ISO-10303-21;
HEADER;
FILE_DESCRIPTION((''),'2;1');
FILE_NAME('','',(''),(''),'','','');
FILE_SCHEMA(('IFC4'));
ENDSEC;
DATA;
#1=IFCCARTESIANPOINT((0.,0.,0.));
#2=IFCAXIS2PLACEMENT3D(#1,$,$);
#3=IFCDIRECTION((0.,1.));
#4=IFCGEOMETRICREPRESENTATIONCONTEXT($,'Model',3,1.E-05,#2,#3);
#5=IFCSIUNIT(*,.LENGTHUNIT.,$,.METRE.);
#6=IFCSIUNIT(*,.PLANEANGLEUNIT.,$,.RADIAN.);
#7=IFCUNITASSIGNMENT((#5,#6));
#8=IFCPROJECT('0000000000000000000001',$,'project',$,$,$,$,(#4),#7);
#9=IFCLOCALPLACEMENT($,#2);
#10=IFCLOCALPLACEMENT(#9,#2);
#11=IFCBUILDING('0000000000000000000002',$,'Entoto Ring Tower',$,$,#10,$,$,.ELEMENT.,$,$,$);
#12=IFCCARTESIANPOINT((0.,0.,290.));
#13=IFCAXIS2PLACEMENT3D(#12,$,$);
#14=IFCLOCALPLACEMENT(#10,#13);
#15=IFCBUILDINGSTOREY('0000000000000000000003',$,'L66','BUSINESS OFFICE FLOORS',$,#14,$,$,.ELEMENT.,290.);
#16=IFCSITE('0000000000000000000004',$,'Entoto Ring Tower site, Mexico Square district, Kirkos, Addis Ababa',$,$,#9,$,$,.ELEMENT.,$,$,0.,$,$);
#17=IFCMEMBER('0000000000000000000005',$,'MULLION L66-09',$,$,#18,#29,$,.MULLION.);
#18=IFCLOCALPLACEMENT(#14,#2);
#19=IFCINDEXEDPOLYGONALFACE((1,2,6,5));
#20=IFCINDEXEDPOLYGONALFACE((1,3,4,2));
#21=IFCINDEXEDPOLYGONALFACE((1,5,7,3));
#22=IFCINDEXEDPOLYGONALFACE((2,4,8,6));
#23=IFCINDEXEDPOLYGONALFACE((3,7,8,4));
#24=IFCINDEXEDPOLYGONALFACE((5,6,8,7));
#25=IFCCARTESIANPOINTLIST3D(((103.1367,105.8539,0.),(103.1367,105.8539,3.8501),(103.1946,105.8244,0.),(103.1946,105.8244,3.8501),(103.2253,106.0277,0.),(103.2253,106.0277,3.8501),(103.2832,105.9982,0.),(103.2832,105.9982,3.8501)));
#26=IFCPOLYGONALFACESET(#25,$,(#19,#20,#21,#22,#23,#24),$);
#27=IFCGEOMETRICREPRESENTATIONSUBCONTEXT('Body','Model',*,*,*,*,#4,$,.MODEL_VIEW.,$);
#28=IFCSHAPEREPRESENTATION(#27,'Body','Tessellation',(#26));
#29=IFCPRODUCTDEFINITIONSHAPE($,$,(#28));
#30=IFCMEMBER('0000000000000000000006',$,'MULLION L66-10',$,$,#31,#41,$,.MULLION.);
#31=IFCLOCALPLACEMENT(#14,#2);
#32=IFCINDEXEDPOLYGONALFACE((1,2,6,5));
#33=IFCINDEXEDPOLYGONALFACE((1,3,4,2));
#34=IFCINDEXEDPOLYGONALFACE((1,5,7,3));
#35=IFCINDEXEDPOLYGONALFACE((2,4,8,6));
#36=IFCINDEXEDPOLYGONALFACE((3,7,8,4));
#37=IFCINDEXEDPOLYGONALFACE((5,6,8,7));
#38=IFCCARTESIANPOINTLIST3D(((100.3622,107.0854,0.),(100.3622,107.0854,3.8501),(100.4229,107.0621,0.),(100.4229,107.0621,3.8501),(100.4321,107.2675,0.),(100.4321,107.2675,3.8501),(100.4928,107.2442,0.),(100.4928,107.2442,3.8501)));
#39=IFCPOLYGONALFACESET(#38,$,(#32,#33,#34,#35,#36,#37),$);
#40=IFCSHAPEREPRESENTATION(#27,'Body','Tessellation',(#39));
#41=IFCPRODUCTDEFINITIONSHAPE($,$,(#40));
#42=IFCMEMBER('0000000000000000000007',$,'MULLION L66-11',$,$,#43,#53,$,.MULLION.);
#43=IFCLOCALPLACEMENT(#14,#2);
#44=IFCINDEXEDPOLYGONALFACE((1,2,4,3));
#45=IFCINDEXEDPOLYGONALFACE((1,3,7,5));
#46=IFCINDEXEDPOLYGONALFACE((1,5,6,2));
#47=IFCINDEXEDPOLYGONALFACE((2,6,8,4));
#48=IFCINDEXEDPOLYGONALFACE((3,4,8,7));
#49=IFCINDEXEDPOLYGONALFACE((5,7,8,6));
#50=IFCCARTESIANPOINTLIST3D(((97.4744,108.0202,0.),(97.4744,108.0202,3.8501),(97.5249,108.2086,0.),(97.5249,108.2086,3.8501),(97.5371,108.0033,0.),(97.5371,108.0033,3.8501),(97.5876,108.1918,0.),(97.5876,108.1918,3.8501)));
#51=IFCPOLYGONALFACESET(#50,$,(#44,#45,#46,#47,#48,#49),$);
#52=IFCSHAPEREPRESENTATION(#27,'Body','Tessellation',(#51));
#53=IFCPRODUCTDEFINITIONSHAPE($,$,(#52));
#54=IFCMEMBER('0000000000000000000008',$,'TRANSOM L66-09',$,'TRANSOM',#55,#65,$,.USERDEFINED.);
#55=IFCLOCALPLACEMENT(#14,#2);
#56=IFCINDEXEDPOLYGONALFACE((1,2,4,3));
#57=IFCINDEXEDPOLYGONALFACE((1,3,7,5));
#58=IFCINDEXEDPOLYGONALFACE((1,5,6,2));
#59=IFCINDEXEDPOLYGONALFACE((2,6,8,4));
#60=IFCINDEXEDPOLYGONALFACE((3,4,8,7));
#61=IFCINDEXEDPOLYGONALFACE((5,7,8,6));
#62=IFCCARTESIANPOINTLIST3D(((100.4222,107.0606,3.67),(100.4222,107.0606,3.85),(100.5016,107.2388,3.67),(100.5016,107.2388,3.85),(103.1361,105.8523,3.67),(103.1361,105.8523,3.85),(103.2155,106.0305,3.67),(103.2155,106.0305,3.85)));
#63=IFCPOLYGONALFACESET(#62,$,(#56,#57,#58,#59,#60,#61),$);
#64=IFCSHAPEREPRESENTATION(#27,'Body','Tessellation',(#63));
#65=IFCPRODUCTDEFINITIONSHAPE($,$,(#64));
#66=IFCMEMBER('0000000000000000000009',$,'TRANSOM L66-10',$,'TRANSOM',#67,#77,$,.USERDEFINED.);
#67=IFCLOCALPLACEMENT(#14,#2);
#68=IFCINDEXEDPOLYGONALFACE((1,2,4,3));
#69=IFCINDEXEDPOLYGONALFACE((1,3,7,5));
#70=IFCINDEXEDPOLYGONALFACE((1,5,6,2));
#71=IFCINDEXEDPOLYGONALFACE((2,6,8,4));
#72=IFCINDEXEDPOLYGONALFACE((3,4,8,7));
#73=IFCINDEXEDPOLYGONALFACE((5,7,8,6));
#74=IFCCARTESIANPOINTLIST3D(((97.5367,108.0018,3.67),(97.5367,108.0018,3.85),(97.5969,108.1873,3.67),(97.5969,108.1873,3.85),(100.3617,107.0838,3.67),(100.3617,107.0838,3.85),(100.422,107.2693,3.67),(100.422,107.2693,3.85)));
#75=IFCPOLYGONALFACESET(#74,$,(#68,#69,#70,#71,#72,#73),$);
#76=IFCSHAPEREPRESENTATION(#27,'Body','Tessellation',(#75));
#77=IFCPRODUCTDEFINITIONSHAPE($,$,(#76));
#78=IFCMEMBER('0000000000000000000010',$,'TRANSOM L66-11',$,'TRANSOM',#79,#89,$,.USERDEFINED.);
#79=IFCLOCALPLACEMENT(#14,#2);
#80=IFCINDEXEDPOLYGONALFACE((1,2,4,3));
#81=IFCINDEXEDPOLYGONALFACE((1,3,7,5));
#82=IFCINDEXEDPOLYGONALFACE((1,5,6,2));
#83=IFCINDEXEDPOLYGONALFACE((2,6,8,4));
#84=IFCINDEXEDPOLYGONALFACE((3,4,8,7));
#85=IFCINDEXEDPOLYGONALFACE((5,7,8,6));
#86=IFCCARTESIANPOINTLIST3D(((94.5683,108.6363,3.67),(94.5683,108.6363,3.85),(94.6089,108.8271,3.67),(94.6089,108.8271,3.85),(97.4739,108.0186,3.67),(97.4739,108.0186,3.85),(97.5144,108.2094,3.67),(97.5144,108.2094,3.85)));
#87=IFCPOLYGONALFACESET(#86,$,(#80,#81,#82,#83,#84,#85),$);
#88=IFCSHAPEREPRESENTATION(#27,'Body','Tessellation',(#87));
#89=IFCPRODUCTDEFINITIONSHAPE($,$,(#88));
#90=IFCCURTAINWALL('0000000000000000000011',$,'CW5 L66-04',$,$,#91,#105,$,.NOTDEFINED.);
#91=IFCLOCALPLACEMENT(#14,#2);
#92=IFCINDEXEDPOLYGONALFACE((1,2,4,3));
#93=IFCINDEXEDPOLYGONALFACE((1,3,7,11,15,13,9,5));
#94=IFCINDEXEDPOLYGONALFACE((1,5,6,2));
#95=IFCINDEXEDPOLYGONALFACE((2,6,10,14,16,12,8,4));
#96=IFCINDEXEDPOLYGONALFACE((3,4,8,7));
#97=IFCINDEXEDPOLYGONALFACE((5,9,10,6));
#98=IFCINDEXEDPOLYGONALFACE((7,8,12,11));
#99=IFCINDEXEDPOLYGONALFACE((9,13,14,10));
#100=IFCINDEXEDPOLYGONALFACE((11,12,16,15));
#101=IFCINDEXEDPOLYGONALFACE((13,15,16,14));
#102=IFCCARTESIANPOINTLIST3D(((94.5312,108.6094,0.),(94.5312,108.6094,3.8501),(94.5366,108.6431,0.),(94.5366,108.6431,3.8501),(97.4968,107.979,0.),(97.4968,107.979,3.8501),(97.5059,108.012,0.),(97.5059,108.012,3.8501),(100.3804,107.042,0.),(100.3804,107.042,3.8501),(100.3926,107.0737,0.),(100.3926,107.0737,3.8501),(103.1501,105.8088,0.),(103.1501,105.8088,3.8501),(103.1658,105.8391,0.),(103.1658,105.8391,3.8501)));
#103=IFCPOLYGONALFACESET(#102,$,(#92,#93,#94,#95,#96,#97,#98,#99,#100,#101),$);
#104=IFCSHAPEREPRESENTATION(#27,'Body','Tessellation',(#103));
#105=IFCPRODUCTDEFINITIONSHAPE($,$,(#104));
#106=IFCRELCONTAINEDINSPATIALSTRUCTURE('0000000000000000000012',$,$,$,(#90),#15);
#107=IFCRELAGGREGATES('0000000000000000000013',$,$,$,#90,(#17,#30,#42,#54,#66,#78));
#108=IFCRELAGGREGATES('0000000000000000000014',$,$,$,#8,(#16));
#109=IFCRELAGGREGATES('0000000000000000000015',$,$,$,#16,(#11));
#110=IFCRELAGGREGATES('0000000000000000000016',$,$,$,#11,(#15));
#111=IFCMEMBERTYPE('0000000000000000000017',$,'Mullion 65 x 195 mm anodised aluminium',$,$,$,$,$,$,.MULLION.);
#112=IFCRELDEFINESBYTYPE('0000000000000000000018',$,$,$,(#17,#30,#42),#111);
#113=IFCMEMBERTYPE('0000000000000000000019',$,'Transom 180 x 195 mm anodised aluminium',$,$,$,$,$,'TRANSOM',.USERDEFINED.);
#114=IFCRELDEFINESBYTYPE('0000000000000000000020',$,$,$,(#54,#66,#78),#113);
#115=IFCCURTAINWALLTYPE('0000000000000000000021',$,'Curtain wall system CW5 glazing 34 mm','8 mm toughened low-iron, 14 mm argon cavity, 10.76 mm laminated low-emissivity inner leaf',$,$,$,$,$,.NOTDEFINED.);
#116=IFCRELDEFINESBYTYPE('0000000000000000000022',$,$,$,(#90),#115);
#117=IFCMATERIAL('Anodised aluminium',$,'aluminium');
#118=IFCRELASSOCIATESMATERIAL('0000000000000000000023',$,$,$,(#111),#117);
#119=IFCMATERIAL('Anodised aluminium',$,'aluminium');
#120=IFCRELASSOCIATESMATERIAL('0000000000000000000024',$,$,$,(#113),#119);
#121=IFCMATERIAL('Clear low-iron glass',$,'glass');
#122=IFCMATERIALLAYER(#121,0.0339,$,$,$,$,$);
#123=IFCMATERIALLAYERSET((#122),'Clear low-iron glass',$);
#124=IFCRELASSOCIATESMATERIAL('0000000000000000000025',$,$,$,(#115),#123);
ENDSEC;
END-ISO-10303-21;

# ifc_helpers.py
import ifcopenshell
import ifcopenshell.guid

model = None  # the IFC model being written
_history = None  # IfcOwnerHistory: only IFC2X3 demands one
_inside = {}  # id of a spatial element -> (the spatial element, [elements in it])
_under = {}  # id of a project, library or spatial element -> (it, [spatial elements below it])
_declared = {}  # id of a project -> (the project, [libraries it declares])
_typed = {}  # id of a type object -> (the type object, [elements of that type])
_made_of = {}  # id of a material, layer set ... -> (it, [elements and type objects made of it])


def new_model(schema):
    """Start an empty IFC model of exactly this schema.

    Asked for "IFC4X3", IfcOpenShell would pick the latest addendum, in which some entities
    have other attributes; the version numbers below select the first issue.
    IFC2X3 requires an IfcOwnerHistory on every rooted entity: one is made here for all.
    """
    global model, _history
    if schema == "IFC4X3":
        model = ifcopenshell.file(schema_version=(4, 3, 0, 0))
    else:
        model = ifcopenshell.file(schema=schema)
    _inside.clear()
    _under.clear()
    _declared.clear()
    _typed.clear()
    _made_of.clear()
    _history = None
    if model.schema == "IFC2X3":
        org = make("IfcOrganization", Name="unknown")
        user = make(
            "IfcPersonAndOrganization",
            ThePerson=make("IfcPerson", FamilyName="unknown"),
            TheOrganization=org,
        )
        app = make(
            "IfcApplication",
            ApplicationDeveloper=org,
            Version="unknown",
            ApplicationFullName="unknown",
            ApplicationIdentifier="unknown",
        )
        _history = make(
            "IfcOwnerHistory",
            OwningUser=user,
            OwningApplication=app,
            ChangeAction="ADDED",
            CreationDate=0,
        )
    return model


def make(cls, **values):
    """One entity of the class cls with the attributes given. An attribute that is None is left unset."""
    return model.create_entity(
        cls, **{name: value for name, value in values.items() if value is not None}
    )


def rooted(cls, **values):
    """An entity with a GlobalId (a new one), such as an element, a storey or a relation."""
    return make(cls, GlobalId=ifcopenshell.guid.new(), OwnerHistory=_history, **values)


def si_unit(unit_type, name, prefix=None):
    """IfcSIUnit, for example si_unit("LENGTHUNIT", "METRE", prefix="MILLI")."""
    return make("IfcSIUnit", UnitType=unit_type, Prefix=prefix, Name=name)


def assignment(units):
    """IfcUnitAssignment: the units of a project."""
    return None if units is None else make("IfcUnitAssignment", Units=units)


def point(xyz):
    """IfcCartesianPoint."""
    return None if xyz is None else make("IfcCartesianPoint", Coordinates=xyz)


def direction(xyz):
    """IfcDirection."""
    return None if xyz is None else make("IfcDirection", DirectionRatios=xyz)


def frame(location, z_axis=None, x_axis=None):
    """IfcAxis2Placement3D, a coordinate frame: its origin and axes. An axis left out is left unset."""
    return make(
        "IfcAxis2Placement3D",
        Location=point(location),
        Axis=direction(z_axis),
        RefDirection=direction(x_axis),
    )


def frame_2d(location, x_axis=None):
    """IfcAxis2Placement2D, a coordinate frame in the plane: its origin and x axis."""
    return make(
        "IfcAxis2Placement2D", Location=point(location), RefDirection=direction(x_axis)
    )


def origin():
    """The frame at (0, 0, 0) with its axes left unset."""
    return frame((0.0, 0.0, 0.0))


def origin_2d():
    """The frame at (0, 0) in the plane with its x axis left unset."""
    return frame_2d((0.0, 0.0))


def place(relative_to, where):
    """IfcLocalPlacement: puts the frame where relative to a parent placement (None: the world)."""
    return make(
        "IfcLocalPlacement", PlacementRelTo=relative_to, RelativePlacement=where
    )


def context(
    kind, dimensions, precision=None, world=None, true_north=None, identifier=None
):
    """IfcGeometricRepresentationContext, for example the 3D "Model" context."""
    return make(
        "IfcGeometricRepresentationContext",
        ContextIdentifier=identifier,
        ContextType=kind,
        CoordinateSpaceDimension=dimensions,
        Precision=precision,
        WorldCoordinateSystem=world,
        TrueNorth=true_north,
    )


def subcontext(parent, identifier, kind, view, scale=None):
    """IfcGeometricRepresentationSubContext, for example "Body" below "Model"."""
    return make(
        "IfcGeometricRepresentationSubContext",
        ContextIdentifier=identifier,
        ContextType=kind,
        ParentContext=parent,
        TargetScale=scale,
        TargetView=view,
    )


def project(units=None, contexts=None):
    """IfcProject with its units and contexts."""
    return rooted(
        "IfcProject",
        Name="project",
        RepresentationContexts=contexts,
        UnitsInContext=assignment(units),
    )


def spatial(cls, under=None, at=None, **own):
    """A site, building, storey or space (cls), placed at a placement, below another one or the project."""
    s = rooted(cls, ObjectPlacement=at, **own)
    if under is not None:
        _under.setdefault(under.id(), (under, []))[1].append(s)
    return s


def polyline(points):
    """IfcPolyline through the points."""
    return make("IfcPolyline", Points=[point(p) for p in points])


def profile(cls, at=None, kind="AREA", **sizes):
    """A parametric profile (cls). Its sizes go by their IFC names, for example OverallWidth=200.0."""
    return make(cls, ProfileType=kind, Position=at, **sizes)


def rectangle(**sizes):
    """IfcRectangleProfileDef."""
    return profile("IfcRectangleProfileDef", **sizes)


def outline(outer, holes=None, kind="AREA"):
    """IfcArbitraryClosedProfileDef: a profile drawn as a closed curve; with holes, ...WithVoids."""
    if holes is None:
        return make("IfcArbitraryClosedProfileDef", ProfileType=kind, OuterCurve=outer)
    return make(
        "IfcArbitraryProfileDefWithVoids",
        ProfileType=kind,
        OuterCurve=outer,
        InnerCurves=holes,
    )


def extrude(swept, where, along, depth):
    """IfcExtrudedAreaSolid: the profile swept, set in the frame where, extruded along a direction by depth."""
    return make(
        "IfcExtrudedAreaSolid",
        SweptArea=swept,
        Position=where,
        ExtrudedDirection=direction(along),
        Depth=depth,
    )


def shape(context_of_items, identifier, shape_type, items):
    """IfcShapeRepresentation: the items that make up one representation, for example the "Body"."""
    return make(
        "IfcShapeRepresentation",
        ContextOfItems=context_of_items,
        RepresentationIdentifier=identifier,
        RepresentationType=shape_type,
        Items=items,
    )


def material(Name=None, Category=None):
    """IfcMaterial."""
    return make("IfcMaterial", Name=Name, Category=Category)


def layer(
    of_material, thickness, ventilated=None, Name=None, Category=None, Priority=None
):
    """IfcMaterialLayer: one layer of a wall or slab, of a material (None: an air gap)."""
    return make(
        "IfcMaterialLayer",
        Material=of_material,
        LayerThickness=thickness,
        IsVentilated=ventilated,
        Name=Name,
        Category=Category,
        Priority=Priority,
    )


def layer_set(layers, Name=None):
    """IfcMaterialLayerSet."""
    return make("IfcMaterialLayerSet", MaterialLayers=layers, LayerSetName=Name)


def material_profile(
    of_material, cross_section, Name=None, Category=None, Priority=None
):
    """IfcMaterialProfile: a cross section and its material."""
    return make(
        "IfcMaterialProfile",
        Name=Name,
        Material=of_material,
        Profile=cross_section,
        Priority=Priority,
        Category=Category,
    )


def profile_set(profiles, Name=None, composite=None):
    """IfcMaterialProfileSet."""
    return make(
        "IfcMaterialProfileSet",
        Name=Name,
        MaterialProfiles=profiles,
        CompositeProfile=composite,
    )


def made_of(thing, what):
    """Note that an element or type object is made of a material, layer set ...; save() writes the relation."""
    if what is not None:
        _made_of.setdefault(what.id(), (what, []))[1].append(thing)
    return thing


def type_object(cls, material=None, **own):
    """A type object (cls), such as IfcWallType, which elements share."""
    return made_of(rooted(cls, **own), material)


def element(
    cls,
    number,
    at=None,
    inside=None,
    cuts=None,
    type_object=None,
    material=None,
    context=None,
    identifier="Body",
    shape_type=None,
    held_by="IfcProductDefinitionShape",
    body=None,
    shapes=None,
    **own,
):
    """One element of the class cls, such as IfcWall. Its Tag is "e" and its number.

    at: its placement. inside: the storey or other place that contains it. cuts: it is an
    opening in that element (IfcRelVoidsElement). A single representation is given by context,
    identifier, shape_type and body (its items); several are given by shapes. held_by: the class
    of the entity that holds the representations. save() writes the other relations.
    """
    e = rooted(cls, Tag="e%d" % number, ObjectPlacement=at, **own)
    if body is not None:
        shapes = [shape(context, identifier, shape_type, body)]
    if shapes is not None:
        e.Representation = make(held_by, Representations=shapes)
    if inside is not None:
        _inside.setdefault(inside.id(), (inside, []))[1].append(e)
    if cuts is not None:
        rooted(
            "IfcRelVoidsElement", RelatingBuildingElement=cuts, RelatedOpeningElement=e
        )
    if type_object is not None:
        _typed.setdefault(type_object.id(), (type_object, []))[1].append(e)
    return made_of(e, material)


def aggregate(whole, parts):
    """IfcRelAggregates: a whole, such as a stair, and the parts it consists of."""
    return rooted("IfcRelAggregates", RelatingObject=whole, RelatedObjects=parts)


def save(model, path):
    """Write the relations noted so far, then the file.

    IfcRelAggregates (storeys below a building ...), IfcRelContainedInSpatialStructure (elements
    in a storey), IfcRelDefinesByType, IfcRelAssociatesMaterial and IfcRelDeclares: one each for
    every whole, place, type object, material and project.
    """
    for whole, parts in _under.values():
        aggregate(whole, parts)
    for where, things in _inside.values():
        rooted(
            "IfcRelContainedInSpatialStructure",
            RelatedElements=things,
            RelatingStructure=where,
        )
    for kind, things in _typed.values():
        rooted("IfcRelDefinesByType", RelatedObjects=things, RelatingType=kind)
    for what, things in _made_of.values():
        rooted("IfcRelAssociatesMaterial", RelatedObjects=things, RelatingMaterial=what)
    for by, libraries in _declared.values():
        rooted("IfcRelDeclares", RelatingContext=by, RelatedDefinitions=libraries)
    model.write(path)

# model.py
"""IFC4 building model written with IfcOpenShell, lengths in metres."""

from ifc_helpers import new_model, si_unit, direction, frame, origin, origin_2d, place, context, subcontext, project, spatial, polyline, rectangle, outline, extrude, material, layer, layer_set, material_profile, profile_set, type_object, element, aggregate, save


model = new_model("IFC4")

# Units and contexts
model_context = context("Model", 3, precision=1e-05, world=origin(), true_north=direction((0.0, 1.0)))
body_context = subcontext(model_context, "Body", "Model", "MODEL_VIEW")
ifc_project = project(units=[si_unit("LENGTHUNIT", "METRE"), si_unit("PLANEANGLEUNIT", "RADIAN")], contexts=[model_context])

# Members
ifc_material_1 = material(Name="Anodised aluminium", Category="aluminium")
ifc_material_profile_1 = material_profile(ifc_material_1, rectangle(XDim=0.0649, YDim=0.1951, at=origin_2d()), Name="Mullion 65 x 195 mm anodised aluminium")
ifc_profile_set_1 = profile_set([ifc_material_profile_1], Name="Anodised aluminium")
member_type_1 = type_object("IfcMemberType", Name="Mullion 65 x 195 mm anodised aluminium", PredefinedType="MULLION", material=ifc_profile_set_1)
site_placement = place(None, origin())
building_placement = place(site_placement, origin())
storey_placement = place(building_placement, frame((0.0, 0.0, 290.0)))
member_1_placement = place(storey_placement, frame((103.21, 105.926, 0.0), z_axis=(0.0, 0.0, 1.0), x_axis=(-0.891007, 0.45399, 0.0)))
member_1 = element("IfcMember", 1, at=member_1_placement, type_object=member_type_1, Name="MULLION L66-09", PredefinedType="MULLION", context=body_context, shape_type="SweptSolid", body=[
    extrude(rectangle(XDim=0.0649, YDim=0.1951, at=origin_2d()), origin(), (0.0, 0.0, 1.0), 3.8501),
])
member_2_placement = place(storey_placement, frame((100.4275, 107.1648, 0.0), z_axis=(0.0, 0.0, 1.0), x_axis=(-0.93358, 0.358368, 0.0)))
member_2 = element("IfcMember", 2, at=member_2_placement, type_object=member_type_1, Name="MULLION L66-10", PredefinedType="MULLION", context=body_context, shape_type="SweptSolid", body=[
    extrude(rectangle(XDim=0.0649, YDim=0.1951, at=origin_2d()), origin(), (0.0, 0.0, 1.0), 3.8501),
])
member_3_placement = place(storey_placement, frame((97.531, 108.106, 0.0), z_axis=(0.0, 0.0, 1.0), x_axis=(-0.965926, 0.258819, 0.0)))
member_3 = element("IfcMember", 3, at=member_3_placement, type_object=member_type_1, Name="MULLION L66-11", PredefinedType="MULLION", context=body_context, shape_type="SweptSolid", body=[
    extrude(rectangle(XDim=0.0649, YDim=0.1951, at=origin_2d()), origin(), (0.0, 0.0, 1.0), 3.8501),
])
ifc_material_2 = material(Name="Anodised aluminium", Category="aluminium")
ifc_material_profile_2 = material_profile(ifc_material_2, rectangle(XDim=0.1951, YDim=0.1799, at=origin_2d()), Name="Transom 180 x 195 mm anodised aluminium")
ifc_profile_set_2 = profile_set([ifc_material_profile_2], Name="Anodised aluminium")
member_type_2 = type_object("IfcMemberType", Name="Transom 180 x 195 mm anodised aluminium", ElementType="TRANSOM", PredefinedType="USERDEFINED", material=ifc_profile_set_2)
member_4_placement = place(storey_placement, frame((103.1758, 105.9414, 3.76), z_axis=(-0.91355, 0.406726, 0.0), x_axis=(-0.406726, -0.91355, 0.0)))
member_4 = element("IfcMember", 4, at=member_4_placement, type_object=member_type_2, Name="TRANSOM L66-09", ObjectType="TRANSOM", PredefinedType="USERDEFINED", context=body_context, shape_type="SweptSolid", body=[
    extrude(rectangle(XDim=0.1951, YDim=0.1799, at=origin_2d()), origin(), (0.0, 0.0, 1.0), 2.9707),
])
member_5_placement = place(storey_placement, frame((100.3918, 107.1765, 3.76), z_axis=(-0.951048, 0.309043, 0.0), x_axis=(-0.309043, -0.951048, 0.0)))
member_5 = element("IfcMember", 5, at=member_5_placement, type_object=member_type_2, Name="TRANSOM L66-10", ObjectType="TRANSOM", PredefinedType="USERDEFINED", context=body_context, shape_type="SweptSolid", body=[
    extrude(rectangle(XDim=0.1951, YDim=0.1799, at=origin_2d()), origin(), (0.0, 0.0, 1.0), 2.9705),
])
member_6_placement = place(storey_placement, frame((97.4941, 108.114, 3.76), z_axis=(-0.978142, 0.20794, 0.0), x_axis=(-0.20794, -0.978142, 0.0)))
member_6 = element("IfcMember", 6, at=member_6_placement, type_object=member_type_2, Name="TRANSOM L66-11", ObjectType="TRANSOM", PredefinedType="USERDEFINED", context=body_context, shape_type="SweptSolid", body=[
    extrude(rectangle(XDim=0.1951, YDim=0.1799, at=origin_2d()), origin(), (0.0, 0.0, 1.0), 2.9705),
])

# Site, building, storey
site = spatial("IfcSite", under=ifc_project, at=site_placement, Name="Entoto Ring Tower site, Mexico Square district, Kirkos, Addis Ababa", CompositionType="ELEMENT", RefElevation=0.0)
building = spatial("IfcBuilding", under=site, at=building_placement, Name="Entoto Ring Tower", CompositionType="ELEMENT")
storey = spatial("IfcBuildingStorey", under=building, at=storey_placement, Name="L66", Description="BUSINESS OFFICE FLOORS", CompositionType="ELEMENT", Elevation=290.0)

# Curtain wall
ifc_material_3 = material(Name="Clear low-iron glass", Category="glass")
ifc_layer = layer(ifc_material_3, 0.0339)
ifc_layer_set = layer_set([ifc_layer], Name="Clear low-iron glass")
curtain_wall_type = type_object("IfcCurtainWallType", Name="Curtain wall system CW5 glazing 34 mm", Description="8 mm toughened low-iron, 14 mm argon cavity, 10.76 mm laminated low-emissivity inner leaf", PredefinedType="NOTDEFINED", material=ifc_layer_set)
curtain_wall_1_placement = place(storey_placement, origin())
curtain_wall_1 = element("IfcCurtainWall", 7, at=curtain_wall_1_placement, inside=storey, type_object=curtain_wall_type, Name="CW5 L66-04", PredefinedType="NOTDEFINED", context=body_context, shape_type="SweptSolid", body=[
    extrude(outline(polyline([(103.1658, 105.8391), (100.3926, 107.0737), (97.5059, 108.012), (94.5366, 108.6431), (94.5312, 108.6094), (97.4968, 107.979), (100.3804, 107.042), (103.1501, 105.8088), (103.1658, 105.8391)])), origin(), (0.0, 0.0, 1.0), 3.8501),
])
aggregate(curtain_wall_1, [member_1, member_2, member_3, member_4, member_5, member_6])

save(model, "model.ifc")
